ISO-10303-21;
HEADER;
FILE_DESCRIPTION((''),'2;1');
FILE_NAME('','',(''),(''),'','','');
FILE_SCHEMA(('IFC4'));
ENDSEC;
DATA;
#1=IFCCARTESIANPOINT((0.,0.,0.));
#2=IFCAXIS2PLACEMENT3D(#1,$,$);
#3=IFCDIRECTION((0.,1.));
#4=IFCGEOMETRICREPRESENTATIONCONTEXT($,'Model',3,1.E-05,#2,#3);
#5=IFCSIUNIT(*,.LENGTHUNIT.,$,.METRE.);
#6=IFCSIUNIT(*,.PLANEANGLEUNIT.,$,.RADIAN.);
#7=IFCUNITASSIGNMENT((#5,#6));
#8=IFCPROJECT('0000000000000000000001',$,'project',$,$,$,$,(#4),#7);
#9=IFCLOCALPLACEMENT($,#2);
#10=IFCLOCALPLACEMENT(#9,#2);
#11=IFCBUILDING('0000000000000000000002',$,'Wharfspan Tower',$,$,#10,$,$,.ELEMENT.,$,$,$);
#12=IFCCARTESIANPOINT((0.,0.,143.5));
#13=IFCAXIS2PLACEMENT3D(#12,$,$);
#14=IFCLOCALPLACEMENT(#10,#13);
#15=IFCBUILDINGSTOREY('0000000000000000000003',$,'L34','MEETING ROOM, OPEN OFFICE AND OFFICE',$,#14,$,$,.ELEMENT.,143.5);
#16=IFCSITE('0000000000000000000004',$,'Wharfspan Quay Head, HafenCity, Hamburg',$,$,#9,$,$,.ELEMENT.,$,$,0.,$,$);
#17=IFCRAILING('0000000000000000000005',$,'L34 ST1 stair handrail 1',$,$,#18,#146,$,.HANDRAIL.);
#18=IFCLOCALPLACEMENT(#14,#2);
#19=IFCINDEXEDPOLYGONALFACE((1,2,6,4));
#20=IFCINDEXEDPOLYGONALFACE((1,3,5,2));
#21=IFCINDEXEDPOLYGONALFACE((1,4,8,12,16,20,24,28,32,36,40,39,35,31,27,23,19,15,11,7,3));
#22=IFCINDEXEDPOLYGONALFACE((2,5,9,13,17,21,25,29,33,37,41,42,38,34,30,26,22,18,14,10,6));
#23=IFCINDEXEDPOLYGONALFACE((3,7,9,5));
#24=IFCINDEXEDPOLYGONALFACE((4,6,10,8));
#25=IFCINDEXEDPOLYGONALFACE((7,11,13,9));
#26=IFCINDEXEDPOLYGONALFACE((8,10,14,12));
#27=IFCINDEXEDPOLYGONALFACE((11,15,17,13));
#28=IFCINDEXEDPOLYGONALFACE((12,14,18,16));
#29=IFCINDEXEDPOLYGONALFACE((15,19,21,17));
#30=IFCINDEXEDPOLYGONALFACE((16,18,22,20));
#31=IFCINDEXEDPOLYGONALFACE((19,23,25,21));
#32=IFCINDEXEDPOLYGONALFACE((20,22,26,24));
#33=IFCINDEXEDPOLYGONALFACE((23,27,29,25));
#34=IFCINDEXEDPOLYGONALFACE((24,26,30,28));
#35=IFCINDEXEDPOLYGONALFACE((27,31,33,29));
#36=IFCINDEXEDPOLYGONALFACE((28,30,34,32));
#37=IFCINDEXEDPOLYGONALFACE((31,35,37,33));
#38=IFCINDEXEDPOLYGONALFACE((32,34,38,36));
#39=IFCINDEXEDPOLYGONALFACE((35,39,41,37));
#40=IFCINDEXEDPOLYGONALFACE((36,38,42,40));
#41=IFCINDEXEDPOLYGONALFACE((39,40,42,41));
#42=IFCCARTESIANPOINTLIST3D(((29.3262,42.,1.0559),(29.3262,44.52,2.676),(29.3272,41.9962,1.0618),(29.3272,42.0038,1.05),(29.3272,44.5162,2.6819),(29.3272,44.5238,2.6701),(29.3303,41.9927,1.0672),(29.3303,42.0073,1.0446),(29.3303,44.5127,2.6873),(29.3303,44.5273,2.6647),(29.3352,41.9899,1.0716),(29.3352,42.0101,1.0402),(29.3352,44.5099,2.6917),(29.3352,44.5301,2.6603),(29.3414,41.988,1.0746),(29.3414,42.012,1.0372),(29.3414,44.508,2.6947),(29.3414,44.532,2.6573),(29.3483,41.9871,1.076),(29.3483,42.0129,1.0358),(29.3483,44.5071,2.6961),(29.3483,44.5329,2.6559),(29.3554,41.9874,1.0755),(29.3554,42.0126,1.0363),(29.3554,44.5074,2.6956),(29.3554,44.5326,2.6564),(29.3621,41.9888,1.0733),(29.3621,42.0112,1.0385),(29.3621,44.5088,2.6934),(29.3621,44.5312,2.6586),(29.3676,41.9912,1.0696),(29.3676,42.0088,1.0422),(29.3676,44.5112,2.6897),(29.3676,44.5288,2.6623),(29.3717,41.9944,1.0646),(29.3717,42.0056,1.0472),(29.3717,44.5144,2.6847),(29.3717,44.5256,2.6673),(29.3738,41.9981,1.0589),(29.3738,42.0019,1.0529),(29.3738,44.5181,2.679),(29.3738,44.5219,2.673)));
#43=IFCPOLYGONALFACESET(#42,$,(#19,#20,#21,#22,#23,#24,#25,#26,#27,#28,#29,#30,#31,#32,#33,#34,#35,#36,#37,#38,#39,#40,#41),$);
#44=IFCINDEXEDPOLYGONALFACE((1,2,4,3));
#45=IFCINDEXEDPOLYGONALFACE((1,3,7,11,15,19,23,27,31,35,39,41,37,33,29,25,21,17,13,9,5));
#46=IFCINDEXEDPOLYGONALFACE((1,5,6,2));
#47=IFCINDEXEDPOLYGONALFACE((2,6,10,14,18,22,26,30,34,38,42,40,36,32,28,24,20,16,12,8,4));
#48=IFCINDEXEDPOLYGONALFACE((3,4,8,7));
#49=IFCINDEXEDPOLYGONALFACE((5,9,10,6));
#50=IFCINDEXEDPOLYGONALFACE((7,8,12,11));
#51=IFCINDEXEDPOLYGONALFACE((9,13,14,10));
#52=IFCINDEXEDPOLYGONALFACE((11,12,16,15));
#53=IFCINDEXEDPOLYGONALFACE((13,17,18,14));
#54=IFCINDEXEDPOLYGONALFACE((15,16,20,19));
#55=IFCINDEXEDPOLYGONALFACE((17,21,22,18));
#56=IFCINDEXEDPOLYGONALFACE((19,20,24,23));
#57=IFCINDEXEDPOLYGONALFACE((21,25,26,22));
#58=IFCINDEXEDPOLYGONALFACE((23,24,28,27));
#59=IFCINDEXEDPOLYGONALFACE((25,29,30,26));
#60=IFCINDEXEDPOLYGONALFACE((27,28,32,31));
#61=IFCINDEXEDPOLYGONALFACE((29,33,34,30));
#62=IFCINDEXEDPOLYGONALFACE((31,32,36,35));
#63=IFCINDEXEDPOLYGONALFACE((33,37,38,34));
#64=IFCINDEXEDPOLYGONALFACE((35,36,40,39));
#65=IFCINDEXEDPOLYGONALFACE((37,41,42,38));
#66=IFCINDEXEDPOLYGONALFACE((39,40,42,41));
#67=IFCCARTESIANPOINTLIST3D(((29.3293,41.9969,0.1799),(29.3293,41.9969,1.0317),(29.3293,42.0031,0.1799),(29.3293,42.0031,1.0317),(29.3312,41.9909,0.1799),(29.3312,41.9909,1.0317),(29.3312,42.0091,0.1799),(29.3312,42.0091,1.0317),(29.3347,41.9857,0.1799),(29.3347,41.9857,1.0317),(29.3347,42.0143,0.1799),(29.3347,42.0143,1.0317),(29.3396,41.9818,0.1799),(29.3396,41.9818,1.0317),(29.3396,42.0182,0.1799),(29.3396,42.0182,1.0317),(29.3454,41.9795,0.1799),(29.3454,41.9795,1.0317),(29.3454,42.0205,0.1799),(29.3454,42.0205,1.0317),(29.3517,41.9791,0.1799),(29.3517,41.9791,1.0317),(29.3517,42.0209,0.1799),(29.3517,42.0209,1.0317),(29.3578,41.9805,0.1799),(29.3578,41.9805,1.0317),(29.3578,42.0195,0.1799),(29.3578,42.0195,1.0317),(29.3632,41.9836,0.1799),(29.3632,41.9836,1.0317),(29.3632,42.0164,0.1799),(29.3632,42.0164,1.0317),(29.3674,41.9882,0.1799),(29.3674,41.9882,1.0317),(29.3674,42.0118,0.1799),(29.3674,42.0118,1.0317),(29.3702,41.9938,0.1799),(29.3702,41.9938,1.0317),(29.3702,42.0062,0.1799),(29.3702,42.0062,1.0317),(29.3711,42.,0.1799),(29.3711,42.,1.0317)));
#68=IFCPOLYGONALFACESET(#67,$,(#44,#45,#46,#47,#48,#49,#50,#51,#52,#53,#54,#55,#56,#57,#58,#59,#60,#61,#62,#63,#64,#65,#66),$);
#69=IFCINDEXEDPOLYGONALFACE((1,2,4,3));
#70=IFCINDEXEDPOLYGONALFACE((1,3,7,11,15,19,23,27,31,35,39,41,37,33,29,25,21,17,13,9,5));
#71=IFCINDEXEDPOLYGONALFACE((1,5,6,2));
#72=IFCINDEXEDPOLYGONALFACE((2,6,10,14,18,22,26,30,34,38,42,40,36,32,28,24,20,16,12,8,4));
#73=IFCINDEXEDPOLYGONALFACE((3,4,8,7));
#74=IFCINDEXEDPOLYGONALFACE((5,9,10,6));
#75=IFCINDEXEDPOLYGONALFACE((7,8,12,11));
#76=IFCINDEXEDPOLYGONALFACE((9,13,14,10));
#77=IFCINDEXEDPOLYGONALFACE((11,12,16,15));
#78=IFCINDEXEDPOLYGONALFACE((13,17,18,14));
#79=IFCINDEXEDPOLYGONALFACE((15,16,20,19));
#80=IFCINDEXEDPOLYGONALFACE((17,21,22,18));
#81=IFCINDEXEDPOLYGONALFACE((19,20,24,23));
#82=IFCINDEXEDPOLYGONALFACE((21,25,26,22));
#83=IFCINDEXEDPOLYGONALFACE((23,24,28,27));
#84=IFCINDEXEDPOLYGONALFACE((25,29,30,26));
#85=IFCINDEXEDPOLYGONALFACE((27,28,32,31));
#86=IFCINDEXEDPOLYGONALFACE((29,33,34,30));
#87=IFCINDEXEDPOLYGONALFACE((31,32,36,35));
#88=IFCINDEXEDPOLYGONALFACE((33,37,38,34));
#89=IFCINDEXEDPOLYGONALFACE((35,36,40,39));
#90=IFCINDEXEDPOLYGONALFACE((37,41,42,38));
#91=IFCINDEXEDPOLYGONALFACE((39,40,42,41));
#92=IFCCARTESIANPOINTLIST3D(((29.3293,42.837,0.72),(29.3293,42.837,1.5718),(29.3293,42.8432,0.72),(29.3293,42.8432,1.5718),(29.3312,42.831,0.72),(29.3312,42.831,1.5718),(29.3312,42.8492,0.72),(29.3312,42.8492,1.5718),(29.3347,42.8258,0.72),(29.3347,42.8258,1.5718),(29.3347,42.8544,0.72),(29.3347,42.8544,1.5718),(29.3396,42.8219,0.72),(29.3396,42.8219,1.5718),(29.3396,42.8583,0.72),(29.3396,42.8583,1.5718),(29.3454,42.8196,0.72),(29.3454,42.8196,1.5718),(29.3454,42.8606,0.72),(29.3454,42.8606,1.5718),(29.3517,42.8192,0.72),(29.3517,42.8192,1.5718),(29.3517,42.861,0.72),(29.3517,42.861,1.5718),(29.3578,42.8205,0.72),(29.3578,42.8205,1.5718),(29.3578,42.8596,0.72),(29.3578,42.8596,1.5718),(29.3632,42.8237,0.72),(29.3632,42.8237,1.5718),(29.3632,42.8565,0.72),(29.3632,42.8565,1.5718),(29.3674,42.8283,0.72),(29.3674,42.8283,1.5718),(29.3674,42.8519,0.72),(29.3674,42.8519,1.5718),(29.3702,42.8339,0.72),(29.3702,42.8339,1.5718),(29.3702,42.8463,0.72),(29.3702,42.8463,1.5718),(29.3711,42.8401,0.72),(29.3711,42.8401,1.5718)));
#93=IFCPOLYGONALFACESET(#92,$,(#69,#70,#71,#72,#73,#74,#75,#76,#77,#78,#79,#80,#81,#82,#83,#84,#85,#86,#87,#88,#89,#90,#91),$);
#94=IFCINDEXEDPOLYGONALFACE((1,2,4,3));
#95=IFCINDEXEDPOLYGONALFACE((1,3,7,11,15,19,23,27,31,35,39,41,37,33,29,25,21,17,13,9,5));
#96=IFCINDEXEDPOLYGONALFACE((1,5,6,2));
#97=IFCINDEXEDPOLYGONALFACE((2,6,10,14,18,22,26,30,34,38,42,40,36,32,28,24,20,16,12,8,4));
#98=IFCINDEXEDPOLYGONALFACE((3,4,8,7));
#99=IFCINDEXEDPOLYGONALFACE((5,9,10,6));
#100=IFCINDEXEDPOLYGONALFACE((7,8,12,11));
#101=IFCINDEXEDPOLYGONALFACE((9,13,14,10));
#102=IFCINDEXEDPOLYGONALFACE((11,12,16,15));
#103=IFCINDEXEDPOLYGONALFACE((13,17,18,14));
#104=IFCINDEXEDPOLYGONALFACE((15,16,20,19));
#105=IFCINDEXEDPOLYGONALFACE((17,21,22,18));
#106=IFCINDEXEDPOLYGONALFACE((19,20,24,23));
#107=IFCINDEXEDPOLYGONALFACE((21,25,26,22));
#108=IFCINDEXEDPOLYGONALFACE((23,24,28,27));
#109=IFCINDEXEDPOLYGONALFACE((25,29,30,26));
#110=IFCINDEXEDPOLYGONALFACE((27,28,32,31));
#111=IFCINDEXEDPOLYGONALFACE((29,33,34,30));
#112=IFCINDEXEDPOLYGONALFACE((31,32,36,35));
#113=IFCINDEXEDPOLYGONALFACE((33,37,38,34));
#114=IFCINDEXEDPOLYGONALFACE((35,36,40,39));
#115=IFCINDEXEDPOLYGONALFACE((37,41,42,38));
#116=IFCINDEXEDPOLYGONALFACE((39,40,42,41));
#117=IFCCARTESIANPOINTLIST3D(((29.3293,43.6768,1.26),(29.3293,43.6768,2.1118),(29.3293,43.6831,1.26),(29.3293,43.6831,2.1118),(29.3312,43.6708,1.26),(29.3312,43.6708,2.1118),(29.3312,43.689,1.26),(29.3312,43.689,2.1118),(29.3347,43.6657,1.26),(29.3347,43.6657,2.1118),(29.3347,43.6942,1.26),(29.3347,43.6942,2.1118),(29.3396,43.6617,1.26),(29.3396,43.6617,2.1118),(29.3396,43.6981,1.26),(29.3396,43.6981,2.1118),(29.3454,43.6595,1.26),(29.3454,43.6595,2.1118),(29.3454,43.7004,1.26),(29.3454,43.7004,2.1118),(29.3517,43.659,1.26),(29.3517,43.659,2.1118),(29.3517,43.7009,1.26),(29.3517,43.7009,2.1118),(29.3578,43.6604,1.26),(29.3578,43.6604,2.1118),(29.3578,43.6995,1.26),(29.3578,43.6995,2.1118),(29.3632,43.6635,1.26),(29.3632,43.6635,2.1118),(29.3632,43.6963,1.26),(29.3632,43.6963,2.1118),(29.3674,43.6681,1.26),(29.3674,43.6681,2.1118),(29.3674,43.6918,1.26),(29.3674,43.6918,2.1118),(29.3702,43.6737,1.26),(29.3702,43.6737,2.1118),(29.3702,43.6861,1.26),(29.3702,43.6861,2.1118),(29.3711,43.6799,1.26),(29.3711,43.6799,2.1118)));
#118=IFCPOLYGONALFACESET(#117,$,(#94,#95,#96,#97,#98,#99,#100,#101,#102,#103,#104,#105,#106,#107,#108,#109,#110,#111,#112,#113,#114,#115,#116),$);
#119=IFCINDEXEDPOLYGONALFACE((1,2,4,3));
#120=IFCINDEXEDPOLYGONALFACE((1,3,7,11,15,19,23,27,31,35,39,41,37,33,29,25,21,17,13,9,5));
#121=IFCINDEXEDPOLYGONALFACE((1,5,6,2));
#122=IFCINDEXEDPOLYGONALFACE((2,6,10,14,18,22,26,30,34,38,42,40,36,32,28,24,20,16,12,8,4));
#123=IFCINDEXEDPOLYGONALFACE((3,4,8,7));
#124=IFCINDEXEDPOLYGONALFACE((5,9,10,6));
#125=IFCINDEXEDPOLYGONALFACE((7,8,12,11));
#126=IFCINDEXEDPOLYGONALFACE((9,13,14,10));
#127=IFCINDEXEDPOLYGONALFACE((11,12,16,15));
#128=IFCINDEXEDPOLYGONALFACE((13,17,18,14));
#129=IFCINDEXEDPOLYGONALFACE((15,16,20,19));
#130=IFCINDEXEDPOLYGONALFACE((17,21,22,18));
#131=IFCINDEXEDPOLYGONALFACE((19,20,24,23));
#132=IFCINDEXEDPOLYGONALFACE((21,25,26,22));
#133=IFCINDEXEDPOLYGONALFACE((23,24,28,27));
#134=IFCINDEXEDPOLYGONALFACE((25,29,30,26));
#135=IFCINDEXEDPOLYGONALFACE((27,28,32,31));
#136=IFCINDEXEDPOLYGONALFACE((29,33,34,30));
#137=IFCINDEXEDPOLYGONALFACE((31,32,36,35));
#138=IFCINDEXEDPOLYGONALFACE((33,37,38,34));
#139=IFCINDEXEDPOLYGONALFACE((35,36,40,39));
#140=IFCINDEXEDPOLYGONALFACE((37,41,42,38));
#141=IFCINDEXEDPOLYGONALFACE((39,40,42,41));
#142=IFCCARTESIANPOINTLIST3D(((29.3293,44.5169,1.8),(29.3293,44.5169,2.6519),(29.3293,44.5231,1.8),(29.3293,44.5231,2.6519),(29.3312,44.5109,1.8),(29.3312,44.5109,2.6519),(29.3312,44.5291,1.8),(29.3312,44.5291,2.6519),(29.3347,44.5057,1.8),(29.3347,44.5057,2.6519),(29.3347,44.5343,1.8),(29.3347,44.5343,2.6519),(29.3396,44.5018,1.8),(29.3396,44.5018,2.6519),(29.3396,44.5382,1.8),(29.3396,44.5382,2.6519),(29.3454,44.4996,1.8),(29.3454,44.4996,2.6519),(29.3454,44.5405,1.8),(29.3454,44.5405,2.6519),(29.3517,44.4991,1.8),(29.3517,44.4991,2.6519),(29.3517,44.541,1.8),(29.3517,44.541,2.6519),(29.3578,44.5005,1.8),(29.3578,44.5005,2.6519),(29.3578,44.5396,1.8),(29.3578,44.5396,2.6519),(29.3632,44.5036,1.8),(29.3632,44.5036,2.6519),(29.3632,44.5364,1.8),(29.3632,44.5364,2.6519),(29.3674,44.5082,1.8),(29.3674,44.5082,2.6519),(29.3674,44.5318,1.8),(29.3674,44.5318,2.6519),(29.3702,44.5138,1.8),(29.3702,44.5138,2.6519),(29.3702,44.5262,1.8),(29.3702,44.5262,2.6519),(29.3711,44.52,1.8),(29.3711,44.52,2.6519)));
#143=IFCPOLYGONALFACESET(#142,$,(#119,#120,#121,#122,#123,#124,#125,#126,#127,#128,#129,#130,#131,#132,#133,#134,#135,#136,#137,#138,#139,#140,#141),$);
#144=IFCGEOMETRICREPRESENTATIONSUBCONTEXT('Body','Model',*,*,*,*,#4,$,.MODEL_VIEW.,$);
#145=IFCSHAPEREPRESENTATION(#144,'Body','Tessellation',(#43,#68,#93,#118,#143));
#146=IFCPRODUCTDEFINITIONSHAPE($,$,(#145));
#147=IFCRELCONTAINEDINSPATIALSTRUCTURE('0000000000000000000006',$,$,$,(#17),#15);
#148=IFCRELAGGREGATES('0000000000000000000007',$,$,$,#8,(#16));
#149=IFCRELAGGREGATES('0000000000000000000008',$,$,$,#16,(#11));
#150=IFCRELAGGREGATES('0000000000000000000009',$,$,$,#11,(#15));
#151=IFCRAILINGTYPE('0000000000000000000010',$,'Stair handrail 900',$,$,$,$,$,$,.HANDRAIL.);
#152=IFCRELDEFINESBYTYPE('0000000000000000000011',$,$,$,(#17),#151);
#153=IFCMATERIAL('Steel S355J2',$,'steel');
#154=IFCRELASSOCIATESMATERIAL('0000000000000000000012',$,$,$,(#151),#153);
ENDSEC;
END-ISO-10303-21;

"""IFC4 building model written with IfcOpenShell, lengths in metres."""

from ifc_helpers import new_model, si_unit, direction, frame, origin, origin_2d, place, context, subcontext, project, spatial, circle, extrude, material, type_object, element, save


model = new_model("IFC4")

# Units and contexts
model_context = context("Model", 3, precision=1e-05, world=origin(), true_north=direction((0.0, 1.0)))
body_context = subcontext(model_context, "Body", "Model", "MODEL_VIEW")
ifc_project = project(units=[si_unit("LENGTHUNIT", "METRE"), si_unit("PLANEANGLEUNIT", "RADIAN")], contexts=[model_context])

# Site, building, storey
site_placement = place(None, origin())
site = spatial("IfcSite", under=ifc_project, at=site_placement, Name="Wharfspan Quay Head, HafenCity, Hamburg", CompositionType="ELEMENT", RefElevation=0.0)
building_placement = place(site_placement, origin())
building = spatial("IfcBuilding", under=site, at=building_placement, Name="Wharfspan Tower", CompositionType="ELEMENT")
storey_placement = place(building_placement, frame((0.0, 0.0, 143.5)))
storey = spatial("IfcBuildingStorey", under=building, at=storey_placement, Name="L34", Description="MEETING ROOM, OPEN OFFICE AND OFFICE", CompositionType="ELEMENT", Elevation=143.5)

# Shared definitions
ifc_material_1 = material(Name="Steel S355J2", Category="steel")

# Railing
railing_type_1 = type_object("IfcRailingType", Name="Stair handrail 900", PredefinedType="HANDRAIL", material=ifc_material_1)
railing_1_placement = place(storey_placement, frame((29.3501, 42.0, 0.1799)))
element("IfcRailing", 1, at=railing_1_placement, inside=storey, type_object=railing_type_1, Name="L34 ST1 stair handrail 1", PredefinedType="HANDRAIL", context=body_context, shape_type="SweptSolid", body=[
    extrude(circle(Radius=0.0239, at=origin_2d()), frame((0.0, 0.0, 0.876), z_axis=(0.0, 0.841163, 0.540782), x_axis=(-1.0, 0.0, 0.0)), (0.0, 0.0, 1.0), 2.9958),
    extrude(circle(Radius=0.021, at=origin_2d()), origin(), (0.0, 0.0, 1.0), 0.8518),
    extrude(circle(Radius=0.021, at=origin_2d()), frame((0.0, 0.8401, 0.54)), (0.0, 0.0, 1.0), 0.8518),
    extrude(circle(Radius=0.021, at=origin_2d()), frame((0.0, 1.6799, 1.0801)), (0.0, 0.0, 1.0), 0.8518),
    extrude(circle(Radius=0.021, at=origin_2d()), frame((0.0, 2.52, 1.6201)), (0.0, 0.0, 1.0), 0.8518),
])

save(model, "model.ifc")
